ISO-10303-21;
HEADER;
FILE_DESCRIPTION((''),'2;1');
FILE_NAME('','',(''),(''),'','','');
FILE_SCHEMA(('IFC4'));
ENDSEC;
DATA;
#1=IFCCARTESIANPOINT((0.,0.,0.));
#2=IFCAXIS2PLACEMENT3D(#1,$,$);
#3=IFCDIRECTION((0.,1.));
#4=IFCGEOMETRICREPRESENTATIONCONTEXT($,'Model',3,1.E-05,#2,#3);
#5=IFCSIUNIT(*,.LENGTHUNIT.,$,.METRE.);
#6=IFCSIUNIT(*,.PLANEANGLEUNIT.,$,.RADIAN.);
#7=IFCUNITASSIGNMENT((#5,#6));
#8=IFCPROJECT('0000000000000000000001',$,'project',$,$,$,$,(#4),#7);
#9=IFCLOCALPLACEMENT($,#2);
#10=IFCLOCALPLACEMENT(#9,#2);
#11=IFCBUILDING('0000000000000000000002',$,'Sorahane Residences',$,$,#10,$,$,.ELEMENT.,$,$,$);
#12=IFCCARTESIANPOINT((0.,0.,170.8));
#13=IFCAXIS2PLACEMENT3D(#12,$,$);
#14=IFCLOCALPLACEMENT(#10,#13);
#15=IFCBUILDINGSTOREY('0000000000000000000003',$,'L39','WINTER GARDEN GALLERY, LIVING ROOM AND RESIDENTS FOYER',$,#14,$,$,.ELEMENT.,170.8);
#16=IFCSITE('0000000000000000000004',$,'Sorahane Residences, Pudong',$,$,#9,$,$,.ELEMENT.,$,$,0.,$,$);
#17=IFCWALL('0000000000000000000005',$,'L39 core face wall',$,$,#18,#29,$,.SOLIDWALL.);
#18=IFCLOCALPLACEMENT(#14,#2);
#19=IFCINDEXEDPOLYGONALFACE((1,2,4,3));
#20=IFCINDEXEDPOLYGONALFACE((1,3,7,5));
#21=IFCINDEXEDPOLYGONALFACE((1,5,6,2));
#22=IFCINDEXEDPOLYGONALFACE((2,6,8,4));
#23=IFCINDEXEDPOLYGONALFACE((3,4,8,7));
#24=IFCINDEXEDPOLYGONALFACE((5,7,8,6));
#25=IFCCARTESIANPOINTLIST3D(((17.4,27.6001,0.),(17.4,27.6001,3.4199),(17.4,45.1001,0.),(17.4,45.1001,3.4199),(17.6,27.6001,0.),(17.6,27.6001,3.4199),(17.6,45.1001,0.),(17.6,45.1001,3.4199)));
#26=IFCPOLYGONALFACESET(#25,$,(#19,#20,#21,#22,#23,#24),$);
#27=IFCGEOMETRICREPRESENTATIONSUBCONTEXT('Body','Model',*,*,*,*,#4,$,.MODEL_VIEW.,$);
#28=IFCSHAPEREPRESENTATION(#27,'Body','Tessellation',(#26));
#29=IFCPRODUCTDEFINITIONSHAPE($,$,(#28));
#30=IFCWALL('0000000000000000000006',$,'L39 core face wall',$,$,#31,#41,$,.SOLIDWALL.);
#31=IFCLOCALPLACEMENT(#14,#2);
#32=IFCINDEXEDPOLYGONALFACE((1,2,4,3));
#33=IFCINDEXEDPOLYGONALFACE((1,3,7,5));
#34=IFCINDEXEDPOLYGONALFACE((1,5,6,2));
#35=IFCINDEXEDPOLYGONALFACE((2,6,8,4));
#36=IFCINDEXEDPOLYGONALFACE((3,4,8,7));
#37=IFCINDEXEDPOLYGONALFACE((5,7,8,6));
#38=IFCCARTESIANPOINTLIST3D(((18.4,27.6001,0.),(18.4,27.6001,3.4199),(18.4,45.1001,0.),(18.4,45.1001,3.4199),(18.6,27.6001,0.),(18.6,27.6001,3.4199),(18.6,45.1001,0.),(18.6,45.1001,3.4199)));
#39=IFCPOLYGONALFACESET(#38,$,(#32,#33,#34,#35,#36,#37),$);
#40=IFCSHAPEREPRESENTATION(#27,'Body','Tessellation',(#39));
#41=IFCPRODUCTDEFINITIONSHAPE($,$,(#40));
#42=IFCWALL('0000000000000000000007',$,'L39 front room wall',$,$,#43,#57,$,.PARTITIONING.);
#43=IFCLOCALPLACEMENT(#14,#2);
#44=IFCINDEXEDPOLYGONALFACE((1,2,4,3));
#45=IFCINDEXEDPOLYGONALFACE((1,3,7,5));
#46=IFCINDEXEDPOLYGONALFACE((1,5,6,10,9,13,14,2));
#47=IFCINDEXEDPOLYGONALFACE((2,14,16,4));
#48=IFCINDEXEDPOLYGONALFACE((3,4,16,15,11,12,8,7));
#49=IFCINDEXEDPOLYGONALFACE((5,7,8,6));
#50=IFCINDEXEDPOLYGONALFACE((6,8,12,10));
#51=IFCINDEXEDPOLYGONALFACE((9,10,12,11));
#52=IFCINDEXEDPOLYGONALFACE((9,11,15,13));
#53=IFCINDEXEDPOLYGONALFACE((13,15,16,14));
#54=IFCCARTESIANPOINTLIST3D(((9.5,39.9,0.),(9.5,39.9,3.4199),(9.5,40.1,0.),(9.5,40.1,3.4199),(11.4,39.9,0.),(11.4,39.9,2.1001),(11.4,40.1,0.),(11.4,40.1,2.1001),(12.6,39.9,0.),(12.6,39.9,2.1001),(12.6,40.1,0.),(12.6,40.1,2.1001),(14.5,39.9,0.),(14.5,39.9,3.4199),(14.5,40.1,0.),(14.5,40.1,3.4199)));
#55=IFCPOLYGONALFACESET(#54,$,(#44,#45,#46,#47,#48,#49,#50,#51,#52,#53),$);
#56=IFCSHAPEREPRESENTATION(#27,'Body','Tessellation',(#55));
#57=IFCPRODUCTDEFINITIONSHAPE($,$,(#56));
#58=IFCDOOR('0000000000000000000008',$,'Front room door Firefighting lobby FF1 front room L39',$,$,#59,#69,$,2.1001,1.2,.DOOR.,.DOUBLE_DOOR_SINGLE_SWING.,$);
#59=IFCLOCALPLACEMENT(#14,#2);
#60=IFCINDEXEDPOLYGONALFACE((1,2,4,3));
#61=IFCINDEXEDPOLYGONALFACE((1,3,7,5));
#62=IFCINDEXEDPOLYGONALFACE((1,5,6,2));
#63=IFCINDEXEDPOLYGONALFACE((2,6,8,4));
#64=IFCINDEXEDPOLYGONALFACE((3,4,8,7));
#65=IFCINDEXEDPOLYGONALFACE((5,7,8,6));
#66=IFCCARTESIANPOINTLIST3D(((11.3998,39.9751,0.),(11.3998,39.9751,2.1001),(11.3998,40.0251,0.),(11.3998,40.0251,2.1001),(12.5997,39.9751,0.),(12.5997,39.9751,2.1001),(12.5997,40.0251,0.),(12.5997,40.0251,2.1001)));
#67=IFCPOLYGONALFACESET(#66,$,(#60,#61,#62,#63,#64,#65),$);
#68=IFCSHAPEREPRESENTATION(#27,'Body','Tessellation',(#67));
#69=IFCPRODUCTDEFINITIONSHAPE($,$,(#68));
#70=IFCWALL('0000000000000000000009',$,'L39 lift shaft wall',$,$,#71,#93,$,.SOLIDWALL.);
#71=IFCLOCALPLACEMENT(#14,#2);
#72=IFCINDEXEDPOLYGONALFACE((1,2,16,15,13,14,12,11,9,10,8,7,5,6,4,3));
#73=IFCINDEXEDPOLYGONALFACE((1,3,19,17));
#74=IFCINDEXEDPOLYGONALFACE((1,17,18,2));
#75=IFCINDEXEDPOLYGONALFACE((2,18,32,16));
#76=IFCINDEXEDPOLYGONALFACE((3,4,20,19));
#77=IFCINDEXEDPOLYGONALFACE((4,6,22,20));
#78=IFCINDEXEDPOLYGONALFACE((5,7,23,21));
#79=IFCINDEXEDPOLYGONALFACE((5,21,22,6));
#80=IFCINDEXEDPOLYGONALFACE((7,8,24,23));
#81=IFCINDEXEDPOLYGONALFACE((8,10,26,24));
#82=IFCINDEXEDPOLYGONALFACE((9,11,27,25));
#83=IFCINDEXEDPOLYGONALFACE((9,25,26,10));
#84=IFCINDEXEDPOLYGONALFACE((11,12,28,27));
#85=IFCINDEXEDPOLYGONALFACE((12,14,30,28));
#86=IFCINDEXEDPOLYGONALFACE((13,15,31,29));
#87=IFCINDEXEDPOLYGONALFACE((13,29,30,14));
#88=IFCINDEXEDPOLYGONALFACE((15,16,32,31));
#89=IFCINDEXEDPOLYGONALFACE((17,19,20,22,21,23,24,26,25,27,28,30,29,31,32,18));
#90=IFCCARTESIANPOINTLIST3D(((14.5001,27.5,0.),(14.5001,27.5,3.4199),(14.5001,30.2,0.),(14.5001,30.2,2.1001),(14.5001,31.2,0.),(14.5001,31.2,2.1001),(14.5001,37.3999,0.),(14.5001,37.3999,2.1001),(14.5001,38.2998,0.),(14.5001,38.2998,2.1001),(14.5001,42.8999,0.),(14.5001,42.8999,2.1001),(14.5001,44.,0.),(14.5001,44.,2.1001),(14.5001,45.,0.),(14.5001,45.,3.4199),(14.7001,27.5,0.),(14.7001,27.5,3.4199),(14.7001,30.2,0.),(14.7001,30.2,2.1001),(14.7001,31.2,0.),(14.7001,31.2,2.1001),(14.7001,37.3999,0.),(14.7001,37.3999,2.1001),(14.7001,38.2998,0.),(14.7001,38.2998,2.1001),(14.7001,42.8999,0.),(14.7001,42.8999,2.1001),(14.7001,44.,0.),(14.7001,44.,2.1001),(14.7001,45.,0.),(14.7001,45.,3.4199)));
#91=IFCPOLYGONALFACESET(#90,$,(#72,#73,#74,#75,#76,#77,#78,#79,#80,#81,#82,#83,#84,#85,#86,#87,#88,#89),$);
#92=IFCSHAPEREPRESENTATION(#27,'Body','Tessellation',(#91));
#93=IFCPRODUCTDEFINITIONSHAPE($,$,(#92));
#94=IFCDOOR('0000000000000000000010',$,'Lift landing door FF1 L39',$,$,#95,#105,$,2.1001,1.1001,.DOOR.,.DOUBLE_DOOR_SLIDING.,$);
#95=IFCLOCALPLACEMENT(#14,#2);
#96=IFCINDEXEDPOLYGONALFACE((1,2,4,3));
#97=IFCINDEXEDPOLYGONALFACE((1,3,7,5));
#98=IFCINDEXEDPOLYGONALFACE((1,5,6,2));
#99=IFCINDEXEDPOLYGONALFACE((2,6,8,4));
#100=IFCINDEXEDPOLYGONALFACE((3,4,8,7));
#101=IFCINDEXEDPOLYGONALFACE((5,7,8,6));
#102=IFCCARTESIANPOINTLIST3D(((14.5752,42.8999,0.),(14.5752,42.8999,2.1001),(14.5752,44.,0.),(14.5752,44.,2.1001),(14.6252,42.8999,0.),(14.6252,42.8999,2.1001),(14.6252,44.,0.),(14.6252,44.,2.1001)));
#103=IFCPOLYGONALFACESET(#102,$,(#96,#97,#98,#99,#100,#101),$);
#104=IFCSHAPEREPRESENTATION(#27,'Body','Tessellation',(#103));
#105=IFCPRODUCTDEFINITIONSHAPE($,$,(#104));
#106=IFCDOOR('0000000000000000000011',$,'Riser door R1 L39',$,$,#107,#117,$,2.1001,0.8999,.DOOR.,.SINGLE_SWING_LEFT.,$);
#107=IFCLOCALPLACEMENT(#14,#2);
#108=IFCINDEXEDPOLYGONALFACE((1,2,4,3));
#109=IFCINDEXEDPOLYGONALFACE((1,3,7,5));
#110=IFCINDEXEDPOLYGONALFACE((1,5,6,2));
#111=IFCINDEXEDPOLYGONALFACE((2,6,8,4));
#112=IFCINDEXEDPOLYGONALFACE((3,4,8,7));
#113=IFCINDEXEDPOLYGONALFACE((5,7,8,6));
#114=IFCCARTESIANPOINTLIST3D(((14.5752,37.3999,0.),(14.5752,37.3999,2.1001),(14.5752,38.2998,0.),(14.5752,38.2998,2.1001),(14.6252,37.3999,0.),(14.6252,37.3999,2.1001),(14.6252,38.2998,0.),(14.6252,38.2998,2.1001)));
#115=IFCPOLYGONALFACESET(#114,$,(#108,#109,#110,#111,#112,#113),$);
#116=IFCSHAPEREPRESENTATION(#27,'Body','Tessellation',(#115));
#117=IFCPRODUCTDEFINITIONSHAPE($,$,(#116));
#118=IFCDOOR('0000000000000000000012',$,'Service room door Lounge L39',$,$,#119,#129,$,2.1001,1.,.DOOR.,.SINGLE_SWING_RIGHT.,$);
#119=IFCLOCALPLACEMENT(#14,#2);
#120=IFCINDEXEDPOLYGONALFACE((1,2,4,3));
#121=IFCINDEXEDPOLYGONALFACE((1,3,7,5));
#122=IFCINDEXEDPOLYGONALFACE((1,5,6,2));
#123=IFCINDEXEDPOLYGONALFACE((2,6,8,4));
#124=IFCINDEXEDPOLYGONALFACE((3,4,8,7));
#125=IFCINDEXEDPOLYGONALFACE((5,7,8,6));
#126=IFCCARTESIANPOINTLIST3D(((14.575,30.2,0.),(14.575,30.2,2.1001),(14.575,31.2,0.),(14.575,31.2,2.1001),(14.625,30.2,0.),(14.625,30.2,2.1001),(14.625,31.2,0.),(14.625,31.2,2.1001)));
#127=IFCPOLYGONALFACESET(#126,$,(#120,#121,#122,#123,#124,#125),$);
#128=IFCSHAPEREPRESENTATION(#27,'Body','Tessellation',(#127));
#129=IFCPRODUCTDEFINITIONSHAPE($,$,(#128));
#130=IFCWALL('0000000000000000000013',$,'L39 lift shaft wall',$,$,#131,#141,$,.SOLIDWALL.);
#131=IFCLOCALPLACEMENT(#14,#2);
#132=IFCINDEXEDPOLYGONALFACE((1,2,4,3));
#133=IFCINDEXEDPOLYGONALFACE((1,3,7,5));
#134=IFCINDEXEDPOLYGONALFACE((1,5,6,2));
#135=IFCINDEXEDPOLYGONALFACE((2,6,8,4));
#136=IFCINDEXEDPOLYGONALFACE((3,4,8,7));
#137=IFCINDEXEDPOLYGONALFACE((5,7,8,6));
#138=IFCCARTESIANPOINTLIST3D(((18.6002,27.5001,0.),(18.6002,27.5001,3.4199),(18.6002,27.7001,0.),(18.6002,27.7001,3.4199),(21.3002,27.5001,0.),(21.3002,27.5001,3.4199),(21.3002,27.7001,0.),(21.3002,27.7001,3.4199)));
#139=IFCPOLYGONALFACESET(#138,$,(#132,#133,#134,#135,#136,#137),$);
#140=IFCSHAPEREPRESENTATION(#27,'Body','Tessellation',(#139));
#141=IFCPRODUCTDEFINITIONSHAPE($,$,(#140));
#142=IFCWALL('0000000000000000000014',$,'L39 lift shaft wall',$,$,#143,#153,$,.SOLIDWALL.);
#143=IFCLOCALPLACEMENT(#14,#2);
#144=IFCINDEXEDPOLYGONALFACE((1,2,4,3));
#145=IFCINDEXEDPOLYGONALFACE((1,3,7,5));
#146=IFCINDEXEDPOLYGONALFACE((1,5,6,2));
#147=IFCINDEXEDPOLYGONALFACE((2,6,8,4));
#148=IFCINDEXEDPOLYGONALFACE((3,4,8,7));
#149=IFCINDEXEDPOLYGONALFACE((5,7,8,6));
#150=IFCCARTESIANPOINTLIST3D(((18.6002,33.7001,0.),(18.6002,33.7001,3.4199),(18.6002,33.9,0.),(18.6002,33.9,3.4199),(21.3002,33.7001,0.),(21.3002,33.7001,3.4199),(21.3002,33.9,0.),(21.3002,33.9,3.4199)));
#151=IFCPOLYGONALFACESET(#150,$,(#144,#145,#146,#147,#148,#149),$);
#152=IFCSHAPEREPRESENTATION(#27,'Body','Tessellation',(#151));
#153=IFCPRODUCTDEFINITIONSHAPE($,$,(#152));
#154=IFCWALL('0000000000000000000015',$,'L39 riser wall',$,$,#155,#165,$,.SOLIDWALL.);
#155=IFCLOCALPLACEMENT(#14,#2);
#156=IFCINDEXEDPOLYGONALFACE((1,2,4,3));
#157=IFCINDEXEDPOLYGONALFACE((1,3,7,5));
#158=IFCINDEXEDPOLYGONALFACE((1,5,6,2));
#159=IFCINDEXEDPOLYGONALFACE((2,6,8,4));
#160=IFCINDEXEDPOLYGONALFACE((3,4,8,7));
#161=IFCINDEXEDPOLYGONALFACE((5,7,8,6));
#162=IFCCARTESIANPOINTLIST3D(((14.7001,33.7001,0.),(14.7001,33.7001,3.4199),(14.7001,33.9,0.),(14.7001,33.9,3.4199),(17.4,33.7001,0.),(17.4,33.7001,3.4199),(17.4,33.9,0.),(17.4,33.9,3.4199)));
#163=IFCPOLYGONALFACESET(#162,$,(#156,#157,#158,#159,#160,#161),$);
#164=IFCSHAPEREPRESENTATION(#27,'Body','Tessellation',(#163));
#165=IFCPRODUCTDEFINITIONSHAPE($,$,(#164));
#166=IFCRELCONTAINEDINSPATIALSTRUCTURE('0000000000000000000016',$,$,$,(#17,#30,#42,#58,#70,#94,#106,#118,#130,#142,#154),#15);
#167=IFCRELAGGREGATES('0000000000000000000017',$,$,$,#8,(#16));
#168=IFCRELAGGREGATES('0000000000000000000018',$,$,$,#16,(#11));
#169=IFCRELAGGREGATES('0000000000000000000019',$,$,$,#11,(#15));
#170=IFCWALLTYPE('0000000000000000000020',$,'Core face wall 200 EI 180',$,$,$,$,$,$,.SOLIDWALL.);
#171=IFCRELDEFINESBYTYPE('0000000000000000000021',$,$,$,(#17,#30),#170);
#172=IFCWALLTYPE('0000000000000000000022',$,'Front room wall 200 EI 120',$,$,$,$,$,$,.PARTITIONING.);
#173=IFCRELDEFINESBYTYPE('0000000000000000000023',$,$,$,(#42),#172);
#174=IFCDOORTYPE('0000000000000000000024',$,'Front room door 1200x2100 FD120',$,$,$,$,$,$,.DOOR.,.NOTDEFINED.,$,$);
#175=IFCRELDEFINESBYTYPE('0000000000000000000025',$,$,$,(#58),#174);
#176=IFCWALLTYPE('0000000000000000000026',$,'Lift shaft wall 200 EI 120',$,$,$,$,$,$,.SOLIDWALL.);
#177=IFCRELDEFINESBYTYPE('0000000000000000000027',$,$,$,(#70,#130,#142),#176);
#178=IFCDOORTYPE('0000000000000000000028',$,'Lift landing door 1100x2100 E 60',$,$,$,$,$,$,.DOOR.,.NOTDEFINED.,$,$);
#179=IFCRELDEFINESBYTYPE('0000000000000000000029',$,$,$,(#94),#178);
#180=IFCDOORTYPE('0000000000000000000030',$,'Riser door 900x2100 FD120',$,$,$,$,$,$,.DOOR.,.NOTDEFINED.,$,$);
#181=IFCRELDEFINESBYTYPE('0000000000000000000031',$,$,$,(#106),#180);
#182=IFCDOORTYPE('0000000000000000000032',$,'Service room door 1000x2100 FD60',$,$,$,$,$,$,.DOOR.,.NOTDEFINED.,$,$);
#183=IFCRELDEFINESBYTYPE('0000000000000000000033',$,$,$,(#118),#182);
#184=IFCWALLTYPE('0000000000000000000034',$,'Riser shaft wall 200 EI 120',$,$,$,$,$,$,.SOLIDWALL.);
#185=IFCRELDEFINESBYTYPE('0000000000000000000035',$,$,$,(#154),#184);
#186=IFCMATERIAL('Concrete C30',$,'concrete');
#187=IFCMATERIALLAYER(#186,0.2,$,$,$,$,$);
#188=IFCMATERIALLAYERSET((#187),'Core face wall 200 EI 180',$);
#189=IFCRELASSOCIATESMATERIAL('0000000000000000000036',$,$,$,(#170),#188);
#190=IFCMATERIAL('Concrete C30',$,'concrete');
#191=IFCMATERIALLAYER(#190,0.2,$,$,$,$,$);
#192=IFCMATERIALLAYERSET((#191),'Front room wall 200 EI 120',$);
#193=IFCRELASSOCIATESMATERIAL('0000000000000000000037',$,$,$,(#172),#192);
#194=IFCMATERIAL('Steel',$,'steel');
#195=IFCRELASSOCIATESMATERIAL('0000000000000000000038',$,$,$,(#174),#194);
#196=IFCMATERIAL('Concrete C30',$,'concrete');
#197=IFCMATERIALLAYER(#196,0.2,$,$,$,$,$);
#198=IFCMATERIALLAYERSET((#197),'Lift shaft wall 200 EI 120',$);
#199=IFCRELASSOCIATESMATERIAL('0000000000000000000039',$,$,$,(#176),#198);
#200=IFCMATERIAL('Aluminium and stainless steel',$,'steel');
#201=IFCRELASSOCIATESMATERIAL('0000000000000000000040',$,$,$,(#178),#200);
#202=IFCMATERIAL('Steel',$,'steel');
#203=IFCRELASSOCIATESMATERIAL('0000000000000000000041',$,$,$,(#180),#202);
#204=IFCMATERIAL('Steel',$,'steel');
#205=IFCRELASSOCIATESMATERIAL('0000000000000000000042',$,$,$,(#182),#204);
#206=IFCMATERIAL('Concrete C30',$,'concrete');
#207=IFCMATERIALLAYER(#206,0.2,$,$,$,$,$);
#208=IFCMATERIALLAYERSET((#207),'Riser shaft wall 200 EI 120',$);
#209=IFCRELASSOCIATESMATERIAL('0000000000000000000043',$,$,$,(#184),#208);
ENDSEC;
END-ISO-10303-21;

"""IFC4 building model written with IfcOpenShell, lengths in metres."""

from ifc_helpers import new_model, si_unit, direction, frame, frame_2d, origin, place, context, subcontext, project, spatial, rectangle, extrude, material, layer, layer_set, type_object, element, fill, save


model = new_model("IFC4")

# Units and contexts
model_context = context("Model", 3, precision=1e-05, world=origin(), true_north=direction((0.0, 1.0)))
body_context = subcontext(model_context, "Body", "Model", "MODEL_VIEW")
ifc_project = project(units=[si_unit("LENGTHUNIT", "METRE"), si_unit("PLANEANGLEUNIT", "RADIAN")], contexts=[model_context])

# Site, building, storey
site_placement = place(None, origin())
site = spatial("IfcSite", under=ifc_project, at=site_placement, Name="Sorahane Residences, Pudong", CompositionType="ELEMENT", RefElevation=0.0)
building_placement = place(site_placement, origin())
building = spatial("IfcBuilding", under=site, at=building_placement, Name="Sorahane Residences", CompositionType="ELEMENT")
storey_placement = place(building_placement, frame((0.0, 0.0, 170.8)))
storey = spatial("IfcBuildingStorey", under=building, at=storey_placement, Name="L39", Description="WINTER GARDEN GALLERY, LIVING ROOM AND RESIDENTS FOYER", CompositionType="ELEMENT", Elevation=170.8)

# Walls
ifc_material_1 = material(Name="Concrete C30", Category="concrete")
ifc_layer_1 = layer(ifc_material_1, 0.2)
ifc_layer_set_1 = layer_set([ifc_layer_1], Name="Core face wall 200 EI 180")
wall_type_1 = type_object("IfcWallType", Name="Core face wall 200 EI 180", PredefinedType="SOLIDWALL", material=ifc_layer_set_1)
for number, where, z_axis, x_axis, name in (
    (1, (17.5, 27.6001, 0.0), (0.0, 0.0, 1.0), (0.0, 1.0, 0.0), "L39 core face wall"),
    (2, (18.5, 27.6001, 0.0), (0.0, 0.0, 1.0), (0.0, 1.0, 0.0), "L39 core face wall"),
):
    element("IfcWall", number, at=place(storey_placement, frame(where, z_axis=z_axis, x_axis=x_axis)), inside=storey, type_object=wall_type_1, Name=name, PredefinedType="SOLIDWALL", context=body_context, shape_type="SweptSolid", body=[
        extrude(rectangle(XDim=17.5, YDim=0.2, at=frame_2d((8.75, 0.0))), origin(), (0.0, 0.0, 1.0), 3.4199),
    ])

# Wall, opening, door
ifc_material_2 = material(Name="Concrete C30", Category="concrete")
ifc_layer_2 = layer(ifc_material_2, 0.2)
ifc_layer_set_2 = layer_set([ifc_layer_2], Name="Front room wall 200 EI 120")
wall_type_2 = type_object("IfcWallType", Name="Front room wall 200 EI 120", PredefinedType="PARTITIONING", material=ifc_layer_set_2)
wall_1_placement = place(storey_placement, frame((9.5, 40.0, 0.0), z_axis=(0.0, 0.0, 1.0), x_axis=(1.0, 0.0, 0.0)))
wall_1 = element("IfcWall", 3, at=wall_1_placement, inside=storey, type_object=wall_type_2, Name="L39 front room wall", PredefinedType="PARTITIONING", context=body_context, shape_type="SweptSolid", body=[
    extrude(rectangle(XDim=5.0, YDim=0.2, at=frame_2d((2.5, 0.0))), origin(), (0.0, 0.0, 1.0), 3.4199),
])
opening_1_placement = place(wall_1_placement, frame((1.8999, 0.0, 0.0)))
opening_1 = element("IfcOpeningElement", 4, at=opening_1_placement, cuts=wall_1, PredefinedType="OPENING", context=body_context, shape_type="SweptSolid", body=[
    extrude(rectangle(XDim=1.2, YDim=2.1001, at=frame_2d((0.6001, 1.05))), frame((0.0, 0.1099, 0.0), z_axis=(0.0, -1.0, 0.0), x_axis=(1.0, 0.0, 0.0)), (0.0, 0.0, 1.0), 0.22),
])
ifc_material_3 = material(Name="Steel", Category="steel")
door_type_1 = type_object("IfcDoorType", Name="Front room door 1200x2100 FD120", OperationType="NOTDEFINED", PredefinedType="DOOR", material=ifc_material_3)
door_1_placement = place(opening_1_placement, frame((1.2, 0.0, 0.0), z_axis=(0.0, 0.0, 1.0), x_axis=(-1.0, 0.0, 0.0)))
door_1 = element("IfcDoor", 5, at=door_1_placement, inside=storey, type_object=door_type_1, Name="Front room door Firefighting lobby FF1 front room L39", OperationType="DOUBLE_DOOR_SINGLE_SWING", OverallHeight=2.1001, OverallWidth=1.2, PredefinedType="DOOR", context=body_context, shape_type="SweptSolid", body=[
    extrude(rectangle(XDim=1.2, YDim=2.1001, at=frame_2d((0.6001, 1.05))), frame((0.0, 0.0249, 0.0), z_axis=(0.0, -1.0, 0.0), x_axis=(1.0, 0.0, 0.0)), (0.0, 0.0, 1.0), 0.05),
])
fill(opening_1, door_1)

# Wall, openings, doors
ifc_material_4 = material(Name="Concrete C30", Category="concrete")
ifc_layer_3 = layer(ifc_material_4, 0.2)
ifc_layer_set_3 = layer_set([ifc_layer_3], Name="Lift shaft wall 200 EI 120")
wall_type_3 = type_object("IfcWallType", Name="Lift shaft wall 200 EI 120", PredefinedType="SOLIDWALL", material=ifc_layer_set_3)
wall_2_placement = place(storey_placement, frame((14.6001, 27.5, 0.0), z_axis=(0.0, 0.0, 1.0), x_axis=(0.0, 1.0, 0.0)))
wall_2 = element("IfcWall", 6, at=wall_2_placement, inside=storey, type_object=wall_type_3, Name="L39 lift shaft wall", PredefinedType="SOLIDWALL", context=body_context, shape_type="SweptSolid", body=[
    extrude(rectangle(XDim=17.5, YDim=0.2, at=frame_2d((8.75, 0.0))), origin(), (0.0, 0.0, 1.0), 3.4199),
])
opening_2_placement = place(wall_2_placement, frame((15.3999, 0.0, 0.0)))
opening_2 = element("IfcOpeningElement", 7, at=opening_2_placement, cuts=wall_2, PredefinedType="OPENING", context=body_context, shape_type="SweptSolid", body=[
    extrude(rectangle(XDim=1.1001, YDim=2.1001, at=frame_2d((0.55, 1.05))), frame((0.0, 0.1099, 0.0), z_axis=(0.0, -1.0, 0.0), x_axis=(1.0, 0.0, 0.0)), (0.0, 0.0, 1.0), 0.22),
])
opening_3_placement = place(wall_2_placement, frame((2.7, 0.0, 0.0)))
opening_3 = element("IfcOpeningElement", 8, at=opening_3_placement, cuts=wall_2, PredefinedType="OPENING", context=body_context, shape_type="SweptSolid", body=[
    extrude(rectangle(XDim=1.0, YDim=2.1001, at=frame_2d((0.5, 1.05))), frame((0.0, 0.1099, 0.0), z_axis=(0.0, -1.0, 0.0), x_axis=(1.0, 0.0, 0.0)), (0.0, 0.0, 1.0), 0.22),
])
opening_4_placement = place(wall_2_placement, frame((9.8999, 0.0, 0.0)))
opening_4 = element("IfcOpeningElement", 9, at=opening_4_placement, cuts=wall_2, PredefinedType="OPENING", context=body_context, shape_type="SweptSolid", body=[
    extrude(rectangle(XDim=0.8999, YDim=2.1001, at=frame_2d((0.45, 1.05))), frame((0.0, 0.1099, 0.0), z_axis=(0.0, -1.0, 0.0), x_axis=(1.0, 0.0, 0.0)), (0.0, 0.0, 1.0), 0.22),
])
ifc_material_5 = material(Name="Aluminium and stainless steel", Category="steel")
door_type_2 = type_object("IfcDoorType", Name="Lift landing door 1100x2100 E 60", OperationType="NOTDEFINED", PredefinedType="DOOR", material=ifc_material_5)
door_2_placement = place(opening_2_placement, origin())
door_2 = element("IfcDoor", 10, at=door_2_placement, inside=storey, type_object=door_type_2, Name="Lift landing door FF1 L39", OperationType="DOUBLE_DOOR_SLIDING", OverallHeight=2.1001, OverallWidth=1.1001, PredefinedType="DOOR", context=body_context, shape_type="SweptSolid", body=[
    extrude(rectangle(XDim=1.1001, YDim=2.1001, at=frame_2d((0.55, 1.05))), frame((0.0, 0.0249, 0.0), z_axis=(0.0, -1.0, 0.0), x_axis=(1.0, 0.0, 0.0)), (0.0, 0.0, 1.0), 0.05),
])
fill(opening_2, door_2)
ifc_material_6 = material(Name="Steel", Category="steel")
door_type_3 = type_object("IfcDoorType", Name="Riser door 900x2100 FD120", OperationType="NOTDEFINED", PredefinedType="DOOR", material=ifc_material_6)
door_3_placement = place(opening_4_placement, origin())
door_3 = element("IfcDoor", 11, at=door_3_placement, inside=storey, type_object=door_type_3, Name="Riser door R1 L39", OperationType="SINGLE_SWING_LEFT", OverallHeight=2.1001, OverallWidth=0.8999, PredefinedType="DOOR", context=body_context, shape_type="SweptSolid", body=[
    extrude(rectangle(XDim=0.8999, YDim=2.1001, at=frame_2d((0.45, 1.05))), frame((0.0, 0.0249, 0.0), z_axis=(0.0, -1.0, 0.0), x_axis=(1.0, 0.0, 0.0)), (0.0, 0.0, 1.0), 0.05),
])
fill(opening_4, door_3)
ifc_material_7 = material(Name="Steel", Category="steel")
door_type_4 = type_object("IfcDoorType", Name="Service room door 1000x2100 FD60", OperationType="NOTDEFINED", PredefinedType="DOOR", material=ifc_material_7)
door_4_placement = place(opening_3_placement, frame((1.0, 0.0, 0.0), z_axis=(0.0, 0.0, 1.0), x_axis=(-1.0, 0.0, 0.0)))
door_4 = element("IfcDoor", 12, at=door_4_placement, inside=storey, type_object=door_type_4, Name="Service room door Lounge L39", OperationType="SINGLE_SWING_RIGHT", OverallHeight=2.1001, OverallWidth=1.0, PredefinedType="DOOR", context=body_context, shape_type="SweptSolid", body=[
    extrude(rectangle(XDim=1.0, YDim=2.1001, at=frame_2d((0.5, 1.05))), frame((0.0, 0.0249, 0.0), z_axis=(0.0, -1.0, 0.0), x_axis=(1.0, 0.0, 0.0)), (0.0, 0.0, 1.0), 0.05),
])
fill(opening_3, door_4)

# Walls
for number, where, z_axis, x_axis, name in (
    (13, (18.6001, 27.6001, 0.0), (0.0, 0.0, 1.0), (1.0, 0.0, 0.0), "L39 lift shaft wall"),
    (14, (18.6001, 33.8, 0.0), (0.0, 0.0, 1.0), (1.0, 0.0, 0.0), "L39 lift shaft wall"),
):
    element("IfcWall", number, at=place(storey_placement, frame(where, z_axis=z_axis, x_axis=x_axis)), inside=storey, type_object=wall_type_3, Name=name, PredefinedType="SOLIDWALL", context=body_context, shape_type="SweptSolid", body=[
        extrude(rectangle(XDim=2.7, YDim=0.2, at=frame_2d((1.3501, 0.0))), origin(), (0.0, 0.0, 1.0), 3.4199),
    ])
ifc_material_8 = material(Name="Concrete C30", Category="concrete")
ifc_layer_4 = layer(ifc_material_8, 0.2)
ifc_layer_set_4 = layer_set([ifc_layer_4], Name="Riser shaft wall 200 EI 120")
wall_type_4 = type_object("IfcWallType", Name="Riser shaft wall 200 EI 120", PredefinedType="SOLIDWALL", material=ifc_layer_set_4)
wall_3_placement = place(storey_placement, frame((14.7, 33.8, 0.0), z_axis=(0.0, 0.0, 1.0), x_axis=(1.0, 0.0, 0.0)))
element("IfcWall", 15, at=wall_3_placement, inside=storey, type_object=wall_type_4, Name="L39 riser wall", PredefinedType="SOLIDWALL", context=body_context, shape_type="SweptSolid", body=[
    extrude(rectangle(XDim=2.7, YDim=0.2, at=frame_2d((1.3501, 0.0))), origin(), (0.0, 0.0, 1.0), 3.4199),
])

save(model, "model.ifc")
